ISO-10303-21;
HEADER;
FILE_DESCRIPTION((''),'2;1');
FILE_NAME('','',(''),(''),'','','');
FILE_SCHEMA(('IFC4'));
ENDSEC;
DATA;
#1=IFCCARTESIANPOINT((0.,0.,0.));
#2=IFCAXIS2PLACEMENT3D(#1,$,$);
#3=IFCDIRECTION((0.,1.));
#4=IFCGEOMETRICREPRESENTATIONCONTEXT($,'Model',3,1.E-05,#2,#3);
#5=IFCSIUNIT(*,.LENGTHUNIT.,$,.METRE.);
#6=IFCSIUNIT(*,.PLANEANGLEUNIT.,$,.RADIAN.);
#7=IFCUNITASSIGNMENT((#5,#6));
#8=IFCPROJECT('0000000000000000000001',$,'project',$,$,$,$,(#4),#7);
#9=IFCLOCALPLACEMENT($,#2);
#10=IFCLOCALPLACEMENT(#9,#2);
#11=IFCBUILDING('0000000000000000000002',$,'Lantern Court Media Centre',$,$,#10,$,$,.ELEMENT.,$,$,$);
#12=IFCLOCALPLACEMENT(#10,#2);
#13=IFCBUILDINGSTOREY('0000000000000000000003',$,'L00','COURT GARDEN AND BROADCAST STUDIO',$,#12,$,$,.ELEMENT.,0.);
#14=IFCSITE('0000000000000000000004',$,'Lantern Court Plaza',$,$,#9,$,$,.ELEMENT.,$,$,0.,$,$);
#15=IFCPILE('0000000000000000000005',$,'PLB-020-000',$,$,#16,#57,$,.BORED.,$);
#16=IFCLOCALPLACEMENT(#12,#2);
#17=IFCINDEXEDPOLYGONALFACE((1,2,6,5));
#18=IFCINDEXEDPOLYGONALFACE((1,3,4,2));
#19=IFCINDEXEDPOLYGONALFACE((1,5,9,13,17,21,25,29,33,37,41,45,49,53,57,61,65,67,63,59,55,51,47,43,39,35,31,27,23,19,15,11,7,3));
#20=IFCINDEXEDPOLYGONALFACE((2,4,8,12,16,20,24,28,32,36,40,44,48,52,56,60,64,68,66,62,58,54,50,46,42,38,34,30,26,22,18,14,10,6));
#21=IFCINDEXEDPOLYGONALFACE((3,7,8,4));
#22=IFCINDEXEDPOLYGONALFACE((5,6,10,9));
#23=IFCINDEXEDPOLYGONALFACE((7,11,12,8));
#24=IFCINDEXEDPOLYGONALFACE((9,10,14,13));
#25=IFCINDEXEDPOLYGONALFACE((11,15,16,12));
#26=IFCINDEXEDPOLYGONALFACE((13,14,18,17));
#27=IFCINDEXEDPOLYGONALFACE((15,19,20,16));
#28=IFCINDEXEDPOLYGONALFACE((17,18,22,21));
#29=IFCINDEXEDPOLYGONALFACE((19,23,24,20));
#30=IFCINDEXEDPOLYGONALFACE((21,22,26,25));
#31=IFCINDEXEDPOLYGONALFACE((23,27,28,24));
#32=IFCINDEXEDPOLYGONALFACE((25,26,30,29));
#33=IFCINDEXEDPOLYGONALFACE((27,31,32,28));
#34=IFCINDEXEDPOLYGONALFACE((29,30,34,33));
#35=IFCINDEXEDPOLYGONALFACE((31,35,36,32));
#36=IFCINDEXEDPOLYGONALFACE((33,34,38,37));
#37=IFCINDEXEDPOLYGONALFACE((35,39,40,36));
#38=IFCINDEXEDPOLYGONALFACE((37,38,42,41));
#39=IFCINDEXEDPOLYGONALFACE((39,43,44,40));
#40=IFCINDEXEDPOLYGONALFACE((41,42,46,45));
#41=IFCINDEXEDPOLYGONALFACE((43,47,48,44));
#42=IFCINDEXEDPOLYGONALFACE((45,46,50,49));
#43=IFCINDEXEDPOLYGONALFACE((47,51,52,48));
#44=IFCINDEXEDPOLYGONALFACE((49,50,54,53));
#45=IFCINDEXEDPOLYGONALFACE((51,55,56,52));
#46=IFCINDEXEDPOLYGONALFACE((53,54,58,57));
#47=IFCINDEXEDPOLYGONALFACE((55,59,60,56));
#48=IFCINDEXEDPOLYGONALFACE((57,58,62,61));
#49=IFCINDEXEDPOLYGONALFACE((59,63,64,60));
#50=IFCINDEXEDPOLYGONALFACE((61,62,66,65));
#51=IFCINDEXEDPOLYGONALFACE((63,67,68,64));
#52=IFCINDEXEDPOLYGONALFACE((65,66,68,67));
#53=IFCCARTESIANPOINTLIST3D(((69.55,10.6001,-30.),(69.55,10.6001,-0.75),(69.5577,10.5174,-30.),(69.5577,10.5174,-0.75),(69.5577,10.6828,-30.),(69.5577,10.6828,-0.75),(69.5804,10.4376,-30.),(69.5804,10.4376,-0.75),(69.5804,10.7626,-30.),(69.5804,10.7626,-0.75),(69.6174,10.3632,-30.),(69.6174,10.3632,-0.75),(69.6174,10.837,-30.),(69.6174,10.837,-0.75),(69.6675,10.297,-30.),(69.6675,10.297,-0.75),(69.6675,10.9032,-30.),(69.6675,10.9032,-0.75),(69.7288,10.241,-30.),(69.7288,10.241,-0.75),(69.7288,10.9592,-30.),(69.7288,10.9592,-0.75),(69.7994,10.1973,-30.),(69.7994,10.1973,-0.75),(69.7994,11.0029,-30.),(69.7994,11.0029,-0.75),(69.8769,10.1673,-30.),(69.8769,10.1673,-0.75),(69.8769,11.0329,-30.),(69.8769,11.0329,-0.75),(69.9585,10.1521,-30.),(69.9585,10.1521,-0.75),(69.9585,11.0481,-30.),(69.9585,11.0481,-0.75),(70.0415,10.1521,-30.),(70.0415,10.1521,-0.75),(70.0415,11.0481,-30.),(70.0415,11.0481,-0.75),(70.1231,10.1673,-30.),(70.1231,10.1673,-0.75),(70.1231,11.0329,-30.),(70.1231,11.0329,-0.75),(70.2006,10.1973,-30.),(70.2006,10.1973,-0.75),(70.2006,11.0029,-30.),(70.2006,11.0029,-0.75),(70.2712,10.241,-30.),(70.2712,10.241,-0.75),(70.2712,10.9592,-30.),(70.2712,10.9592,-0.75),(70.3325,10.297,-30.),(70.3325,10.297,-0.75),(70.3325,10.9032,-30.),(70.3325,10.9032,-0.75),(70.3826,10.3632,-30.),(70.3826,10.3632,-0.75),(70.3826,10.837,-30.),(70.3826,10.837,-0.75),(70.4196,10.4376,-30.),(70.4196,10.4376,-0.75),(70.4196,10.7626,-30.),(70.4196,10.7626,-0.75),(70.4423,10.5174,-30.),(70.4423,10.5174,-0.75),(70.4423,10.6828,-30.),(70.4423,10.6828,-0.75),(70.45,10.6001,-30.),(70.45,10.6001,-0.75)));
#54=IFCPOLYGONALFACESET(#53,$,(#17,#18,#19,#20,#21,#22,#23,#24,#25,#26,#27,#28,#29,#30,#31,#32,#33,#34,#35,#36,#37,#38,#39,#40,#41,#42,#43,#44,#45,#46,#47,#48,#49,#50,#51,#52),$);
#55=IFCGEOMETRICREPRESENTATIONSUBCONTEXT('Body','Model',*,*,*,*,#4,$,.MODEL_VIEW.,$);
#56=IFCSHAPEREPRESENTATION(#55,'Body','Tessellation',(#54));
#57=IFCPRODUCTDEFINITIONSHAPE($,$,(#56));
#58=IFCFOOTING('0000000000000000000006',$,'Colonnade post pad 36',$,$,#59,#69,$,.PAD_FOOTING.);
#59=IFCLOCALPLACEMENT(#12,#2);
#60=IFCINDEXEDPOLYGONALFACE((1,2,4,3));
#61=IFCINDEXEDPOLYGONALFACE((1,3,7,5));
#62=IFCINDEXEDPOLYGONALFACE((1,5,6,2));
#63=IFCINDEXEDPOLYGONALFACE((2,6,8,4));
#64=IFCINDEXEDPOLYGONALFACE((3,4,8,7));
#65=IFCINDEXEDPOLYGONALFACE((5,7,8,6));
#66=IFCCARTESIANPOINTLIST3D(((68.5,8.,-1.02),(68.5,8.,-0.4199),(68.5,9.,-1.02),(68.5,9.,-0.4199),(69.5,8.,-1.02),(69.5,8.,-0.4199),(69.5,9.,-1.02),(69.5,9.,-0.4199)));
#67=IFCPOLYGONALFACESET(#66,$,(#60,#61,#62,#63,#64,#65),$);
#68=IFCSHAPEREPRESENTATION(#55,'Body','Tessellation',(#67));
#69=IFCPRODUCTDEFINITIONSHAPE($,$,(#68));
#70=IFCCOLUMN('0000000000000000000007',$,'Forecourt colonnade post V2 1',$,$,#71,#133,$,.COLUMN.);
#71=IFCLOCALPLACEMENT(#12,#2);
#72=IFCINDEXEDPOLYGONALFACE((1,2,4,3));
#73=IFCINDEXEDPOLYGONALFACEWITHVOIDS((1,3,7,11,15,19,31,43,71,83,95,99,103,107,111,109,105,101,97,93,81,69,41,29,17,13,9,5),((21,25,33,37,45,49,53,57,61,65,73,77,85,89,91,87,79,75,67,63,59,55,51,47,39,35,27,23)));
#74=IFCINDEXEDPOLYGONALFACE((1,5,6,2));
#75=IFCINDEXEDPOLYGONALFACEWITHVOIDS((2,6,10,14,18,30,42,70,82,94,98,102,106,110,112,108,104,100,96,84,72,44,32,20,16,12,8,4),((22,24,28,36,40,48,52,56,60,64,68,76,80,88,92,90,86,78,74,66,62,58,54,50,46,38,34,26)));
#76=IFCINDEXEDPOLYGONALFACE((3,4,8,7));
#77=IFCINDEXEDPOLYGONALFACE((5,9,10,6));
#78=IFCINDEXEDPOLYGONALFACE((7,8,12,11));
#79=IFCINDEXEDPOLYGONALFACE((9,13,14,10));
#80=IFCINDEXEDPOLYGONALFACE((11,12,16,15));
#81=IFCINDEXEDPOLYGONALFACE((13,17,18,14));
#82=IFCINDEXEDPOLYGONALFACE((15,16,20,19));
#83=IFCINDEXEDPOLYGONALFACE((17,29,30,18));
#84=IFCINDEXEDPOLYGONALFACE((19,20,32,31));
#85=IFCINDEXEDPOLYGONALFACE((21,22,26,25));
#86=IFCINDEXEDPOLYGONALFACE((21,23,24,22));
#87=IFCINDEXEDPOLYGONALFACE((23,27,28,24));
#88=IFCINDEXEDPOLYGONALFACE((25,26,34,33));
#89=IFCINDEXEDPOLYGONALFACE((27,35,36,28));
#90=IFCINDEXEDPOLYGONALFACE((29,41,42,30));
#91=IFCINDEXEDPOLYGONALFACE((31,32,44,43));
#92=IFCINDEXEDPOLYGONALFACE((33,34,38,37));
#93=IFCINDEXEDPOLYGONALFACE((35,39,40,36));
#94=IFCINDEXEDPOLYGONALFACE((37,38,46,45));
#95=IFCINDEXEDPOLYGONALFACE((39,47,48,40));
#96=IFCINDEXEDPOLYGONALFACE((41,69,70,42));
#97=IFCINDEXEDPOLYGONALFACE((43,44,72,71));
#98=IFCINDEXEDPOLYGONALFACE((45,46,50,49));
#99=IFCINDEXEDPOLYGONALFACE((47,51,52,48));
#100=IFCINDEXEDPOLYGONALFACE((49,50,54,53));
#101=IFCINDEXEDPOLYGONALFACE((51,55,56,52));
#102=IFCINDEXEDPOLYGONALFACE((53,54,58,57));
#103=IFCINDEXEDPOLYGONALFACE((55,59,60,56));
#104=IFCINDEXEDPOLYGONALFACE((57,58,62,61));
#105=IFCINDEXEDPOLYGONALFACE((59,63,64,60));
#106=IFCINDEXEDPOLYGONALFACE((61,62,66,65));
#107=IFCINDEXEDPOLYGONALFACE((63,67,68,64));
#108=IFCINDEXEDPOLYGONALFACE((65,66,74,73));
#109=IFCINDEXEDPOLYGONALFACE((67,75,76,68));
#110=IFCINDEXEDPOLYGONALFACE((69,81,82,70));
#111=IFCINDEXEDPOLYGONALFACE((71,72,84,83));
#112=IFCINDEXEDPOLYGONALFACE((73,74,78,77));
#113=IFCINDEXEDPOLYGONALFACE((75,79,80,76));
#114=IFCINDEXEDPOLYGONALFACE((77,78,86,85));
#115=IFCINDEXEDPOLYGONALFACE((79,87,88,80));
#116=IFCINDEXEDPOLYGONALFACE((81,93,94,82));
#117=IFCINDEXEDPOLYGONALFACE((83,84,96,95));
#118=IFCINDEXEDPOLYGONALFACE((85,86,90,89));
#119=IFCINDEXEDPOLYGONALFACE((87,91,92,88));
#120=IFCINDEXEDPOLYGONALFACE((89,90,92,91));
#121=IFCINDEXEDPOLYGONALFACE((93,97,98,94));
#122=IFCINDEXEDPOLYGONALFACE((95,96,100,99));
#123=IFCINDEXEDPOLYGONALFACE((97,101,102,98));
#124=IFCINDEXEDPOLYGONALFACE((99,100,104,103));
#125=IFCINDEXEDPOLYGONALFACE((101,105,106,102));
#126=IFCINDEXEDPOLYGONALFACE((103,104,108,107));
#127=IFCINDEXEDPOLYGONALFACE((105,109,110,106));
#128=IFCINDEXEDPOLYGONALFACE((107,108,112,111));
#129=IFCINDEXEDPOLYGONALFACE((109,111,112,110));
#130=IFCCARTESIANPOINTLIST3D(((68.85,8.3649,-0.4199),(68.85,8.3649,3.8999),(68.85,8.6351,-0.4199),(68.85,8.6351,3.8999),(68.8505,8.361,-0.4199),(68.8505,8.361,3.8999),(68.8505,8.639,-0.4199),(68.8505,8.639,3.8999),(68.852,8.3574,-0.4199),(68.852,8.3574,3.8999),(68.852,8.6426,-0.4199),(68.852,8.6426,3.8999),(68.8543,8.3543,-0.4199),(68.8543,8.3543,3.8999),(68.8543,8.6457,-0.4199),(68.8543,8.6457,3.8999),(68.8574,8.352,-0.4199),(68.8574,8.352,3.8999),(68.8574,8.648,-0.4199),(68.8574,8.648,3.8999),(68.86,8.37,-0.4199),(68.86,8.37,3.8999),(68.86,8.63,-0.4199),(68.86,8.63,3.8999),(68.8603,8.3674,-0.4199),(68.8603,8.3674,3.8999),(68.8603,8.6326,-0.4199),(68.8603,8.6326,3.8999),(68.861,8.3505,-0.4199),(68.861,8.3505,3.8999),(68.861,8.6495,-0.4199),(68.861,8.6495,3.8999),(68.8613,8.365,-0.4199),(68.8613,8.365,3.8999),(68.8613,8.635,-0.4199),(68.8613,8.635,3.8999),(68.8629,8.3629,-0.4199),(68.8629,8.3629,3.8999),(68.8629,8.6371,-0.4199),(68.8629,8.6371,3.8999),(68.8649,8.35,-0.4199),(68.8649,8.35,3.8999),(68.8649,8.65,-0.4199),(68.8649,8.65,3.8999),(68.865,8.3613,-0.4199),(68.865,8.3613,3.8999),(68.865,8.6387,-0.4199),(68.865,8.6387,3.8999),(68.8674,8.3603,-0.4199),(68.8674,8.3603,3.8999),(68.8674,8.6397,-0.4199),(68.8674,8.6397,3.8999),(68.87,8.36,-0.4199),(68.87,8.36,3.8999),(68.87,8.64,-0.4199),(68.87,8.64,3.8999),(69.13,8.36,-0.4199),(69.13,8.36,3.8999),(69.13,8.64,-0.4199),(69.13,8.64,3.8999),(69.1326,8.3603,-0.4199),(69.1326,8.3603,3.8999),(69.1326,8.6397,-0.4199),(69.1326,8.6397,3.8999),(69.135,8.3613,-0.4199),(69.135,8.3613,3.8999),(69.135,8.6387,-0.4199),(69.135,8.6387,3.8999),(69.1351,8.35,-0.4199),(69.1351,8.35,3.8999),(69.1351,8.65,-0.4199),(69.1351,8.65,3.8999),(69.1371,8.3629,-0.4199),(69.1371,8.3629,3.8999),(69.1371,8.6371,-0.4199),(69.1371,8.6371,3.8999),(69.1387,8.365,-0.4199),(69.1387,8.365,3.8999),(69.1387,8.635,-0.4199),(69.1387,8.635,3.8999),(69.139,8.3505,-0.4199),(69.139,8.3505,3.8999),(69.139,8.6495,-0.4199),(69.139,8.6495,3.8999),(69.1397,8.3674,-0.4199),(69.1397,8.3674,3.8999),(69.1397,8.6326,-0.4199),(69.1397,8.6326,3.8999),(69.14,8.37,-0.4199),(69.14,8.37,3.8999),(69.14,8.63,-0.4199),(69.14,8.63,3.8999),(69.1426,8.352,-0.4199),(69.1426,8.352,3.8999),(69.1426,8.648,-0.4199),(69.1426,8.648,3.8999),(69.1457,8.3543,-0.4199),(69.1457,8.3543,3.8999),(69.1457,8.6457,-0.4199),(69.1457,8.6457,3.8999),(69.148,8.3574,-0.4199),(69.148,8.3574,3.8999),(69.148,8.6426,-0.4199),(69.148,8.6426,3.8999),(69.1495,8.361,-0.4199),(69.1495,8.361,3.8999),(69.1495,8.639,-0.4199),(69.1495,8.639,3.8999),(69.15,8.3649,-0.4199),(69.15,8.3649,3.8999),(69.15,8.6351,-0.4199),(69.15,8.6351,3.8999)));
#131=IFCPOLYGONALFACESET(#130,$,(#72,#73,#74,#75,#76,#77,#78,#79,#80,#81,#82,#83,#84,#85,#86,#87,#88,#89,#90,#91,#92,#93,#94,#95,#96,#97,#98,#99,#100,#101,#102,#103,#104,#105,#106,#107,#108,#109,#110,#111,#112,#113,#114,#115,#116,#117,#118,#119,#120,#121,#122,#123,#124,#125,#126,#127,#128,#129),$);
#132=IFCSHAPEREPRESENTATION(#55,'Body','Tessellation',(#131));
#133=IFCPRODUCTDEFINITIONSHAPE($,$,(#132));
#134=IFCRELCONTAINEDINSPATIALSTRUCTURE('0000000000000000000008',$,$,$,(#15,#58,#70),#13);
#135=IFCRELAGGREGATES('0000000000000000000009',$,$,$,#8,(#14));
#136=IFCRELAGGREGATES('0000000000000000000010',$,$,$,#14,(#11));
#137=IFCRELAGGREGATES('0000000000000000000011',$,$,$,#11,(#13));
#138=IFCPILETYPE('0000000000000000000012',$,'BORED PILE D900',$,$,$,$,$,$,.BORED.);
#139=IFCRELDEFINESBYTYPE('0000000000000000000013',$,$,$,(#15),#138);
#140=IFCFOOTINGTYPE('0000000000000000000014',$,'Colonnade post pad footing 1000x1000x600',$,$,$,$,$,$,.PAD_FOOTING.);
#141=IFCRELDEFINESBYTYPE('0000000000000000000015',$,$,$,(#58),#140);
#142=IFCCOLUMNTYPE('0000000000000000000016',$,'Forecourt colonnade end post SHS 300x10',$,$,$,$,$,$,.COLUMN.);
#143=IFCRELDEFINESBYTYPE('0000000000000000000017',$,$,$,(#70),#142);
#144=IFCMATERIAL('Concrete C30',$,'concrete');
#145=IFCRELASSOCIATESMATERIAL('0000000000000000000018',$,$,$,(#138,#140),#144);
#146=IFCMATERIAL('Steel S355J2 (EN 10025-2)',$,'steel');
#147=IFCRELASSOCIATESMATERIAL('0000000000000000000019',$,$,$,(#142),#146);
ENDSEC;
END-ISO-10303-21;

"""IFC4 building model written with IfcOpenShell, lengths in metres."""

from ifc_helpers import new_model, si_unit, direction, frame, origin, origin_2d, place, context, subcontext, project, spatial, rectangle, hollow_rectangle, circle, extrude, material, material_profile, profile_set, type_object, element, save


model = new_model("IFC4")

# Units and contexts
model_context = context("Model", 3, precision=1e-05, world=origin(), true_north=direction((0.0, 1.0)))
body_context = subcontext(model_context, "Body", "Model", "MODEL_VIEW")
ifc_project = project(units=[si_unit("LENGTHUNIT", "METRE"), si_unit("PLANEANGLEUNIT", "RADIAN")], contexts=[model_context])

# Site, building, storey
site_placement = place(None, origin())
site = spatial("IfcSite", under=ifc_project, at=site_placement, Name="Lantern Court Plaza", CompositionType="ELEMENT", RefElevation=0.0)
building_placement = place(site_placement, origin())
building = spatial("IfcBuilding", under=site, at=building_placement, Name="Lantern Court Media Centre", CompositionType="ELEMENT")
storey_placement = place(building_placement, origin())
storey = spatial("IfcBuildingStorey", under=building, at=storey_placement, Name="L00", Description="COURT GARDEN AND BROADCAST STUDIO", CompositionType="ELEMENT", Elevation=0.0)

# Pile
ifc_material_1 = material(Name="Concrete C30", Category="concrete")
ifc_material_profile_1 = material_profile(ifc_material_1, circle(Radius=0.45, at=origin_2d()), Name="D900")
ifc_profile_set_1 = profile_set([ifc_material_profile_1], Name="Concrete C30")
pile_type = type_object("IfcPileType", Name="BORED PILE D900", PredefinedType="BORED", material=ifc_profile_set_1)
for number, where, z_axis, x_axis, name in (
    (1, (70.0, 10.6001, -0.75), (0.0, 0.0, -1.0), (1.0, 0.0, 0.0), "PLB-020-000"),
):
    element("IfcPile", number, at=place(storey_placement, frame(where, z_axis=z_axis, x_axis=x_axis)), inside=storey, type_object=pile_type, Name=name, PredefinedType="BORED", context=body_context, shape_type="SweptSolid", body=[
        extrude(circle(Radius=0.45, at=origin_2d()), origin(), (0.0, 0.0, 1.0), 29.25),
    ])

# Footing
footing_type = type_object("IfcFootingType", Name="Colonnade post pad footing 1000x1000x600", PredefinedType="PAD_FOOTING", material=ifc_material_1)
footing_placement = place(storey_placement, frame((69.0, 8.5, -1.02), z_axis=(0.0, 0.0, 1.0), x_axis=(1.0, 0.0, 0.0)))
element("IfcFooting", 2, at=footing_placement, inside=storey, type_object=footing_type, Name="Colonnade post pad 36", PredefinedType="PAD_FOOTING", context=body_context, shape_type="SweptSolid", body=[
    extrude(rectangle(XDim=1.0, YDim=1.0, at=origin_2d()), origin(), (0.0, 0.0, 1.0), 0.6001),
])

# Column
ifc_material_2 = material(Name="Steel S355J2 (EN 10025-2)", Category="steel")
ifc_material_profile_2 = material_profile(ifc_material_2, hollow_rectangle(XDim=0.3, YDim=0.3, WallThickness=0.01, InnerFilletRadius=0.01, OuterFilletRadius=0.0149, at=origin_2d()), Name="Forecourt colonnade end post SHS 300x10")
ifc_profile_set_2 = profile_set([ifc_material_profile_2], Name="Steel S355J2 (EN 10025-2)")
column_type_1 = type_object("IfcColumnType", Name="Forecourt colonnade end post SHS 300x10", PredefinedType="COLUMN", material=ifc_profile_set_2)
column_1_placement = place(storey_placement, frame((69.0, 8.5, -0.4199), z_axis=(0.0, 0.0, 1.0), x_axis=(1.0, 0.0, 0.0)))
element("IfcColumn", 3, at=column_1_placement, inside=storey, type_object=column_type_1, Name="Forecourt colonnade post V2 1", PredefinedType="COLUMN", context=body_context, shape_type="SweptSolid", body=[
    extrude(hollow_rectangle(XDim=0.3, YDim=0.3, WallThickness=0.01, InnerFilletRadius=0.01, OuterFilletRadius=0.0149, at=origin_2d()), origin(), (0.0, 0.0, 1.0), 4.3198),
])

save(model, "model.ifc")
